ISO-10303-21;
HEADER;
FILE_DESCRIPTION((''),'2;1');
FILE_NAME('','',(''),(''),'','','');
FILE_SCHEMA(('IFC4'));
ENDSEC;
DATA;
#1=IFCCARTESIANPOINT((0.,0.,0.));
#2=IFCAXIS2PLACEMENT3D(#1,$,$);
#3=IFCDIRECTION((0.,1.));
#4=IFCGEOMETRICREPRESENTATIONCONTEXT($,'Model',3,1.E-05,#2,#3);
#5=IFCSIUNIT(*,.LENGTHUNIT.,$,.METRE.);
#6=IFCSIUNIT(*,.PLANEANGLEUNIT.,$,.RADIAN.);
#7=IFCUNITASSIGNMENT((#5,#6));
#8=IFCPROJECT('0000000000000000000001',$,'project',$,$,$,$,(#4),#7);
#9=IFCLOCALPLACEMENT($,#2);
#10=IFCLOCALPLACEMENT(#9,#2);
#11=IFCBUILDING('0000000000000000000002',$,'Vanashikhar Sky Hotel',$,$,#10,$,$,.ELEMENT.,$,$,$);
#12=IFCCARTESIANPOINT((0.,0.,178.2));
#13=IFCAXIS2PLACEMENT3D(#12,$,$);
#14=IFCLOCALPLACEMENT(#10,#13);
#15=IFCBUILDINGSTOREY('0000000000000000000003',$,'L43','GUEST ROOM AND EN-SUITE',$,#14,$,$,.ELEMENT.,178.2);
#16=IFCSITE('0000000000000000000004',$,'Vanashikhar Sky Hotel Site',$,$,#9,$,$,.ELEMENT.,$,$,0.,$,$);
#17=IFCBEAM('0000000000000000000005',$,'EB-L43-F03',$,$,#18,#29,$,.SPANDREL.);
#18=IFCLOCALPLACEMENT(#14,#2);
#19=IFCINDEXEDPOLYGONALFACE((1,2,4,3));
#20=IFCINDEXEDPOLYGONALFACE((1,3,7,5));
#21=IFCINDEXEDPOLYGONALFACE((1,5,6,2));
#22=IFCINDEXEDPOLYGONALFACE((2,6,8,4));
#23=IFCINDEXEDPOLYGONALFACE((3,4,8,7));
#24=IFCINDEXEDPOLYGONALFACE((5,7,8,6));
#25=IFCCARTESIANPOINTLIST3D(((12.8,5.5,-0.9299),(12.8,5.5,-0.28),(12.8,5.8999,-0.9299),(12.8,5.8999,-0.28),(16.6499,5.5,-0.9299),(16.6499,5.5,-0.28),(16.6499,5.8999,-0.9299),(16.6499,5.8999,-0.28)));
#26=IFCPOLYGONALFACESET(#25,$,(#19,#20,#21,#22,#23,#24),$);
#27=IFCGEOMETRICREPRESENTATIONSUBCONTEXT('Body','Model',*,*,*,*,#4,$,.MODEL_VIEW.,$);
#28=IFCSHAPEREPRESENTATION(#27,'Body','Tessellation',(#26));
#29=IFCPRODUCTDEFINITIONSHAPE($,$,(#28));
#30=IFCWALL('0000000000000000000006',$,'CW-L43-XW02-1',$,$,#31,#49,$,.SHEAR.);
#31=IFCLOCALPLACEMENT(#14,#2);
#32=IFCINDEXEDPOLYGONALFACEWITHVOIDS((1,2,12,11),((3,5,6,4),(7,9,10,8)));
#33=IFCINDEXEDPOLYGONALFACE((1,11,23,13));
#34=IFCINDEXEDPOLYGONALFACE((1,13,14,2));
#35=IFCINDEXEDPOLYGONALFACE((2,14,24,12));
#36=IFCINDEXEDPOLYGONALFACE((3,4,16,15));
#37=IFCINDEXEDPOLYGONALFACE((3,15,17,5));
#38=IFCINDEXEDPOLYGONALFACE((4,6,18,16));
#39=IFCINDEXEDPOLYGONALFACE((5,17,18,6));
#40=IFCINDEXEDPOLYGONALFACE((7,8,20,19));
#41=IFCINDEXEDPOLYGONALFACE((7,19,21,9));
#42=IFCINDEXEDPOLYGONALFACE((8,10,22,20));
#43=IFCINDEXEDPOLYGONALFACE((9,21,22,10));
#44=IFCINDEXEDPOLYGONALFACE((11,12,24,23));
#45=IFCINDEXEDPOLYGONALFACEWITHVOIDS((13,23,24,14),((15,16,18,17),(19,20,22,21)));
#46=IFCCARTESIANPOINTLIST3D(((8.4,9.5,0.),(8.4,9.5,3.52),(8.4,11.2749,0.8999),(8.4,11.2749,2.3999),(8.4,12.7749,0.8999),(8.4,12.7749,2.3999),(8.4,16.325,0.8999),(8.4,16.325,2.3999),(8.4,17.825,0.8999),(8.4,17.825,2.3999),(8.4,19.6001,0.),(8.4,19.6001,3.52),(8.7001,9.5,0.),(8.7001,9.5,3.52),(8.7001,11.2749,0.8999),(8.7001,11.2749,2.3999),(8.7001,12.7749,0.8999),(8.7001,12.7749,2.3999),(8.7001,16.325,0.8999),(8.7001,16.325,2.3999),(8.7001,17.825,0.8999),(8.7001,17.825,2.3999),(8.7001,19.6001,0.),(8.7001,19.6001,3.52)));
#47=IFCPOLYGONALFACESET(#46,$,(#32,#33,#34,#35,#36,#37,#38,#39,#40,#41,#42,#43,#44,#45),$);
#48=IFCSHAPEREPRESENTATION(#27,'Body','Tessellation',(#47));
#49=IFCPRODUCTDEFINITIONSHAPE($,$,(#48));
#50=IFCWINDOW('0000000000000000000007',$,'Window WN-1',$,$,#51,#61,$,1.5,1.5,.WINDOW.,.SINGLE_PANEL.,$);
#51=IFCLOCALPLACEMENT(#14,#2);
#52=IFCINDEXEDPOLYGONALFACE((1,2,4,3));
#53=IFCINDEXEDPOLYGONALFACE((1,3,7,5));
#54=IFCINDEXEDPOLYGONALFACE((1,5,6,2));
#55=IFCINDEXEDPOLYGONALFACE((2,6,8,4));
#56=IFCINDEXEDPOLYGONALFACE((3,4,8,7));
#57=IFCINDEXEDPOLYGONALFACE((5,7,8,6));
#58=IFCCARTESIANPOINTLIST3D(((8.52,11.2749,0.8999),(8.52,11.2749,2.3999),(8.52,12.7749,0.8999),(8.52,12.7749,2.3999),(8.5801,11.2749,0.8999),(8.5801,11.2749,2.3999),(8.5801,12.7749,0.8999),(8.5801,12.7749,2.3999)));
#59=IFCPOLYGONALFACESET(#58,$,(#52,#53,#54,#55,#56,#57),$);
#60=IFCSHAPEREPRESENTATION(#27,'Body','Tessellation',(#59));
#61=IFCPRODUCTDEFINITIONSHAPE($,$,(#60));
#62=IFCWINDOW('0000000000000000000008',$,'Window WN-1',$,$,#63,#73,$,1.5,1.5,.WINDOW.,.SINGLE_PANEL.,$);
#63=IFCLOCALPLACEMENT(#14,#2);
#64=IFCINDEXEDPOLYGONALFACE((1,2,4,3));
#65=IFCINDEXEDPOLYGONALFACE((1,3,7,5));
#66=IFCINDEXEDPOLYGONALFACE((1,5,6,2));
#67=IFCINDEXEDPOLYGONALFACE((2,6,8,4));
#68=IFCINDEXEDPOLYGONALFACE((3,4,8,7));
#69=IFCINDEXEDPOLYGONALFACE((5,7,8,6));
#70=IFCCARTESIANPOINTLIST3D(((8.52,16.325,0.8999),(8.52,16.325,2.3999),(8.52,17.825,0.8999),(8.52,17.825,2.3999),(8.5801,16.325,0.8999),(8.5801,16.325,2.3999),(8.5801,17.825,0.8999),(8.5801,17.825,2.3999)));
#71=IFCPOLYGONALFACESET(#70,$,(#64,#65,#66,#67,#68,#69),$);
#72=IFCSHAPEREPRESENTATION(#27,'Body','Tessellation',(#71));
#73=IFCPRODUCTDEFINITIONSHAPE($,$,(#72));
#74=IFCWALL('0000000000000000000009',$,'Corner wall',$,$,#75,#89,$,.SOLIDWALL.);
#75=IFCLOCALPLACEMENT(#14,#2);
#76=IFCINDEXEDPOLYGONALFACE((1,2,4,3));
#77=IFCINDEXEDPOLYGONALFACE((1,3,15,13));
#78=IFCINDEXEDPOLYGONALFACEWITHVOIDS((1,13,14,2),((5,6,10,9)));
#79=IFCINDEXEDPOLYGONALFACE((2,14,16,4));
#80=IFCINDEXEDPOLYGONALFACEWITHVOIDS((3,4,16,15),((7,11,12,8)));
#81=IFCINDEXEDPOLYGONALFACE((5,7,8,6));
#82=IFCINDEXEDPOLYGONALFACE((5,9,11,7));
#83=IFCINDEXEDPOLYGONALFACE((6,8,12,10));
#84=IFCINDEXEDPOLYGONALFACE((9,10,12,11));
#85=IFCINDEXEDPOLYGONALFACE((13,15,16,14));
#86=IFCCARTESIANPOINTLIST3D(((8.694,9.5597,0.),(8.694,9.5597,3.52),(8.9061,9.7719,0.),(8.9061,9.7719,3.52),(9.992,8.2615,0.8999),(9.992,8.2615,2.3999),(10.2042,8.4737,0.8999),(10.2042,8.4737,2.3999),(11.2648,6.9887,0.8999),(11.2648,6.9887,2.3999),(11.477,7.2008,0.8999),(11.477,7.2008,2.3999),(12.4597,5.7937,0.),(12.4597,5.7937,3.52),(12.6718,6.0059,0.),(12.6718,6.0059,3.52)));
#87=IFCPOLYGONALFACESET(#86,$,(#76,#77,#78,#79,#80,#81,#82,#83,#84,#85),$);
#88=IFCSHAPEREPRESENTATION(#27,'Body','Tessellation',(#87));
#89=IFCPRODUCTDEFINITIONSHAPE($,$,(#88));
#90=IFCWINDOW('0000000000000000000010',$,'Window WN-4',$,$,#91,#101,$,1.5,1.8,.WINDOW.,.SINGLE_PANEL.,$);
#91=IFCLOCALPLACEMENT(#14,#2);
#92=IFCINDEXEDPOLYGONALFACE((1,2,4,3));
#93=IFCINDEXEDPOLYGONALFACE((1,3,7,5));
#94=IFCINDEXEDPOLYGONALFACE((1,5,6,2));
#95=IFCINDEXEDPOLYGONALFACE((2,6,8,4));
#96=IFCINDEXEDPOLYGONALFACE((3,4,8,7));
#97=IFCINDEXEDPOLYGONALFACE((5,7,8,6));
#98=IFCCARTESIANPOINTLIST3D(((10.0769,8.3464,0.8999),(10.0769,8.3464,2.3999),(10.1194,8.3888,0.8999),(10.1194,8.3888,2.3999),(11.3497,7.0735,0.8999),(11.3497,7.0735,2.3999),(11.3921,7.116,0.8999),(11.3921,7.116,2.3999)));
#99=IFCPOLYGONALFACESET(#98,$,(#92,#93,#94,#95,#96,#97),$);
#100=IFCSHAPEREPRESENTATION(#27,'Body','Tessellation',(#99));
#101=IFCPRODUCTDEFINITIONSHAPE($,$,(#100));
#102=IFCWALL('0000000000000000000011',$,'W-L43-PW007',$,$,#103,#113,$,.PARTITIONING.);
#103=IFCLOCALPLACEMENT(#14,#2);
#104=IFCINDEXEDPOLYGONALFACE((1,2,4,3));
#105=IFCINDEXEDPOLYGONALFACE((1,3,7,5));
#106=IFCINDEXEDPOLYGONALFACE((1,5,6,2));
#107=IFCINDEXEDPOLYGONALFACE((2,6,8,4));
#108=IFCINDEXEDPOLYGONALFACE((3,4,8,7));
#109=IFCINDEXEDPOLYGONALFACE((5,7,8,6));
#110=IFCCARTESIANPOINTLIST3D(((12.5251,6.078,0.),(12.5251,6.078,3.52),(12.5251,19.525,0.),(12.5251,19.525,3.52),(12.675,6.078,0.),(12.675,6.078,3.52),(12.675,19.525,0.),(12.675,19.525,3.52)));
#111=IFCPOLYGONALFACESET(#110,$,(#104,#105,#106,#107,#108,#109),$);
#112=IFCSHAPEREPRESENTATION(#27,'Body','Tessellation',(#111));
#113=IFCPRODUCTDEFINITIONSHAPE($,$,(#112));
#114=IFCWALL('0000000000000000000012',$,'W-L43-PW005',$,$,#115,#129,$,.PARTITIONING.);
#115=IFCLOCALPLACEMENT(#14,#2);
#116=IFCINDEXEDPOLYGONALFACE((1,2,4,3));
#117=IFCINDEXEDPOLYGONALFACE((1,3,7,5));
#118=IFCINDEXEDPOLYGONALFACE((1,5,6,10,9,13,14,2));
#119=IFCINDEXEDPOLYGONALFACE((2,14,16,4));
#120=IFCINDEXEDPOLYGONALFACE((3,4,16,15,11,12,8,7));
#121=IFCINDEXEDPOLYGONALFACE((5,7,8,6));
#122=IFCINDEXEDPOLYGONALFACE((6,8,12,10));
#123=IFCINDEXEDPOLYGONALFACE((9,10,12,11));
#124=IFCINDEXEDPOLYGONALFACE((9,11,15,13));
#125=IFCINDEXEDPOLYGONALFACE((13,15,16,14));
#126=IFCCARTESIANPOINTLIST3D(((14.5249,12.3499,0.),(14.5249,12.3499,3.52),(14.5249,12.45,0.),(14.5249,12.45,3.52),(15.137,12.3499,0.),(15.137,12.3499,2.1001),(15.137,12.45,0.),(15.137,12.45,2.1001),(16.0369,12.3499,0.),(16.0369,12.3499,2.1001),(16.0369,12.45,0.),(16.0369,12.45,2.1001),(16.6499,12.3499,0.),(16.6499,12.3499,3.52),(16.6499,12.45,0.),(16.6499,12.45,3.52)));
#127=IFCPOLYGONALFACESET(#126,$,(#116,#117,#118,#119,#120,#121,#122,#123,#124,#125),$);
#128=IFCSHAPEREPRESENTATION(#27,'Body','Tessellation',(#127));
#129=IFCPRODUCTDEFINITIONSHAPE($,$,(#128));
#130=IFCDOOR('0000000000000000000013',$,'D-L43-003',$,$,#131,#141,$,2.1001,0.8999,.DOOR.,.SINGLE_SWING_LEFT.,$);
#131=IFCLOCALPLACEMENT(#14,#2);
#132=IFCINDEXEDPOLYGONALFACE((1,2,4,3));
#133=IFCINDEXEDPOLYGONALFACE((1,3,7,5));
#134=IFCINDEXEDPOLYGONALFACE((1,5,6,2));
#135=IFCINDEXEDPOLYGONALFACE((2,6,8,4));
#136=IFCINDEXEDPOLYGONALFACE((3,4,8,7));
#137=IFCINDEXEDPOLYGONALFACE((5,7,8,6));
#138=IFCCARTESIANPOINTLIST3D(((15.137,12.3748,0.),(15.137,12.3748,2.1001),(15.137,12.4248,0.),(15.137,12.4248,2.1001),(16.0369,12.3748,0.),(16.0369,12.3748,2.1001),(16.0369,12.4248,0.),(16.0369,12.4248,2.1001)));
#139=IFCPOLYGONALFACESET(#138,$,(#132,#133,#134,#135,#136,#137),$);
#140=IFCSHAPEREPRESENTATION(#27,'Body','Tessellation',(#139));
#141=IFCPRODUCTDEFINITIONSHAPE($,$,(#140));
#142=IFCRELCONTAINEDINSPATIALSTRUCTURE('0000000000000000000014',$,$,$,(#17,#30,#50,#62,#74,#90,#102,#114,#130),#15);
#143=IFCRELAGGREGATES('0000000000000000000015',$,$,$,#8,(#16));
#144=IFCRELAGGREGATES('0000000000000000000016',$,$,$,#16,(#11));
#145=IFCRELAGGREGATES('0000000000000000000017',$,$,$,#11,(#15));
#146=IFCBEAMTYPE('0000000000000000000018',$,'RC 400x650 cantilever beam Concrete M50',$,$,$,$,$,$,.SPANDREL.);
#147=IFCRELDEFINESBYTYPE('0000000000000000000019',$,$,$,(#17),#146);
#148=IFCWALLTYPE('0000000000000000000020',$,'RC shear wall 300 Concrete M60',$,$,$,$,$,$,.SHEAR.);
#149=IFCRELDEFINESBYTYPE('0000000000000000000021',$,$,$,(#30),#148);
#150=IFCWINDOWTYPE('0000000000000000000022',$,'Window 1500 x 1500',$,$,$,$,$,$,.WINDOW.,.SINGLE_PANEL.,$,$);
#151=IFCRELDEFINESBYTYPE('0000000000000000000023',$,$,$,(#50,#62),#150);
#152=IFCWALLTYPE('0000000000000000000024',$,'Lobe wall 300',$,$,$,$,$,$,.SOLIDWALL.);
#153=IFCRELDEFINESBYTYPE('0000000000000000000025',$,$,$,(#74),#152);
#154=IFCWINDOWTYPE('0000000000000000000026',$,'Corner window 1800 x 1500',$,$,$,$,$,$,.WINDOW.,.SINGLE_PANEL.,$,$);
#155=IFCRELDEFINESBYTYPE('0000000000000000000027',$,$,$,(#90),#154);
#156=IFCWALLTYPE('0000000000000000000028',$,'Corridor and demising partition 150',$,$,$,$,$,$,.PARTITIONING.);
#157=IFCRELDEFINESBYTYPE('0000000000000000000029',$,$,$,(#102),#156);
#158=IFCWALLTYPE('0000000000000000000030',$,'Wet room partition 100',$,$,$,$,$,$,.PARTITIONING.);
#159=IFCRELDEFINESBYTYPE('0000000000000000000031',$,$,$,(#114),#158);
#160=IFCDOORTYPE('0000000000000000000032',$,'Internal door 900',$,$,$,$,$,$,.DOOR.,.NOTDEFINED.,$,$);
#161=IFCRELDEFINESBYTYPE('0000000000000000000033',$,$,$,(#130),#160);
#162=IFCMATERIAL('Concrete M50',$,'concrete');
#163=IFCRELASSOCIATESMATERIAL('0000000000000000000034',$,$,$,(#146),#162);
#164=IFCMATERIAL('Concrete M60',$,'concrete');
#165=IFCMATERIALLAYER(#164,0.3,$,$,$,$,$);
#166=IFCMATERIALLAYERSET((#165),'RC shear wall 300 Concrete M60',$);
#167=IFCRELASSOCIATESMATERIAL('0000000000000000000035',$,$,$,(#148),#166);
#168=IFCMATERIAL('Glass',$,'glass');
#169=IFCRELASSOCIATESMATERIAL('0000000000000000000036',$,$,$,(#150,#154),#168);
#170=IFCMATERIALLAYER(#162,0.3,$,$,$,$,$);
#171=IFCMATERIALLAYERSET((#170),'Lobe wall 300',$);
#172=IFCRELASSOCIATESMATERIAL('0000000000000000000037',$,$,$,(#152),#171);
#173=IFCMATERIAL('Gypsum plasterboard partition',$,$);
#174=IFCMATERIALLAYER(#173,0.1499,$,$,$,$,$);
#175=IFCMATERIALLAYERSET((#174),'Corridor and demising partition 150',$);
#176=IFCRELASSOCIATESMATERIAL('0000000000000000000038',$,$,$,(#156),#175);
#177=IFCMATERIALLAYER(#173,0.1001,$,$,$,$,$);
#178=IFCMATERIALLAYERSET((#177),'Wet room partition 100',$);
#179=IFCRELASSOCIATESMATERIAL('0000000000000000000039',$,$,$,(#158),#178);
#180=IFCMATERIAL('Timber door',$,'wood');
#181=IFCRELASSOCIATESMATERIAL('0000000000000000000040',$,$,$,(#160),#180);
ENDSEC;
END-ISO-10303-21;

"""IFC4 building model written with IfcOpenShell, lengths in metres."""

from ifc_helpers import new_model, si_unit, direction, frame, frame_2d, origin, origin_2d, place, context, subcontext, project, spatial, rectangle, extrude, source, transform, mapped, material, layer, layer_set, material_profile, profile_set, type_object, element, fill, save


model = new_model("IFC4")

# Units and contexts
model_context = context("Model", 3, precision=1e-05, world=origin(), true_north=direction((0.0, 1.0)))
body_context = subcontext(model_context, "Body", "Model", "MODEL_VIEW")
ifc_project = project(units=[si_unit("LENGTHUNIT", "METRE"), si_unit("PLANEANGLEUNIT", "RADIAN")], contexts=[model_context])

# Site, building, storey
site_placement = place(None, origin())
site = spatial("IfcSite", under=ifc_project, at=site_placement, Name="Vanashikhar Sky Hotel Site", CompositionType="ELEMENT", RefElevation=0.0)
building_placement = place(site_placement, origin())
building = spatial("IfcBuilding", under=site, at=building_placement, Name="Vanashikhar Sky Hotel", CompositionType="ELEMENT")
storey_placement = place(building_placement, frame((0.0, 0.0, 178.2)))
storey = spatial("IfcBuildingStorey", under=building, at=storey_placement, Name="L43", Description="GUEST ROOM AND EN-SUITE", CompositionType="ELEMENT", Elevation=178.2)

# Beam
ifc_material_1 = material(Name="Concrete M50", Category="concrete")
ifc_material_profile = material_profile(ifc_material_1, rectangle(XDim=0.3999, YDim=0.6499, at=origin_2d()))
ifc_profile_set = profile_set([ifc_material_profile], Name="RC 400x650 cantilever beam Concrete M50")
beam_type = type_object("IfcBeamType", Name="RC 400x650 cantilever beam Concrete M50", PredefinedType="SPANDREL", material=ifc_profile_set)
shared_shape_1 = source(origin(), body_context, "Body", "SweptSolid", [
    extrude(rectangle(XDim=0.3999, YDim=0.6499, at=origin_2d()), origin(), (0.0, 0.0, 1.0), 3.8499),
])
beam_placement = place(storey_placement, frame((12.8, 5.7, -0.605), z_axis=(1.0, 0.0, 0.0), x_axis=(0.0, 1.0, 0.0)))
element("IfcBeam", 1, at=beam_placement, inside=storey, type_object=beam_type, Name="EB-L43-F03", PredefinedType="SPANDREL", context=body_context, shape_type="MappedRepresentation", body=[
    mapped(shared_shape_1, transform((0.0, 0.0, 0.0), scale=1.0)),
])

# Wall, openings, windows
ifc_material_2 = material(Name="Concrete M60", Category="concrete")
ifc_layer_1 = layer(ifc_material_2, 0.3)
ifc_layer_set_1 = layer_set([ifc_layer_1], Name="RC shear wall 300 Concrete M60")
wall_type_1 = type_object("IfcWallType", Name="RC shear wall 300 Concrete M60", PredefinedType="SHEAR", material=ifc_layer_set_1)
shared_shape_2 = source(origin(), body_context, "Body", "SweptSolid", [
    extrude(rectangle(XDim=10.1001, YDim=0.3, at=frame_2d((5.05, 0.0))), origin(), (0.0, 0.0, 1.0), 3.52),
])
wall_1_placement = place(storey_placement, frame((8.55, 9.5, 0.0), z_axis=(0.0, 0.0, 1.0), x_axis=(0.0, 1.0, 0.0)))
wall_1 = element("IfcWall", 2, at=wall_1_placement, inside=storey, type_object=wall_type_1, Name="CW-L43-XW02-1", PredefinedType="SHEAR", context=body_context, shape_type="MappedRepresentation", body=[
    mapped(shared_shape_2, transform((0.0, 0.0, 0.0), scale=1.0)),
])
shared_shape_3 = source(origin(), body_context, "Body", "SweptSolid", [
    extrude(rectangle(XDim=1.5, YDim=1.5, at=frame_2d((0.75, 0.75))), frame((0.0, 0.1602, 0.0), z_axis=(0.0, -1.0, 0.0), x_axis=(1.0, 0.0, 0.0)), (0.0, 0.0, 1.0), 0.3201),
])
opening_1_placement = place(wall_1_placement, frame((1.7749, 0.0, 0.8999)))
opening_1 = element("IfcOpeningElement", 3, at=opening_1_placement, cuts=wall_1, PredefinedType="OPENING", context=body_context, shape_type="MappedRepresentation", body=[
    mapped(shared_shape_3, transform((0.0, 0.0, 0.0), scale=1.0)),
])
opening_2_placement = place(wall_1_placement, frame((6.825, 0.0, 0.8999)))
opening_2 = element("IfcOpeningElement", 4, at=opening_2_placement, cuts=wall_1, PredefinedType="OPENING", context=body_context, shape_type="MappedRepresentation", body=[
    mapped(shared_shape_3, transform((0.0, 0.0, 0.0), scale=1.0)),
])
ifc_material_3 = material(Name="Glass", Category="glass")
window_type_1 = type_object("IfcWindowType", Name="Window 1500 x 1500", PartitioningType="SINGLE_PANEL", PredefinedType="WINDOW", material=ifc_material_3)
shared_shape_4 = source(origin(), body_context, "Body", "SweptSolid", [
    extrude(rectangle(XDim=1.5, YDim=1.5, at=frame_2d((0.75, 0.75))), frame((0.0, 0.03, 0.0), z_axis=(0.0, -1.0, 0.0), x_axis=(1.0, 0.0, 0.0)), (0.0, 0.0, 1.0), 0.0601),
])
window_1_placement = place(opening_1_placement, origin())
window_1 = element("IfcWindow", 5, at=window_1_placement, inside=storey, type_object=window_type_1, Name="Window WN-1", OverallHeight=1.5, OverallWidth=1.5, PartitioningType="SINGLE_PANEL", PredefinedType="WINDOW", context=body_context, shape_type="MappedRepresentation", body=[
    mapped(shared_shape_4, transform((0.0, 0.0, 0.0), scale=1.0)),
])
fill(opening_1, window_1)
window_2_placement = place(opening_2_placement, origin())
window_2 = element("IfcWindow", 6, at=window_2_placement, inside=storey, type_object=window_type_1, Name="Window WN-1", OverallHeight=1.5, OverallWidth=1.5, PartitioningType="SINGLE_PANEL", PredefinedType="WINDOW", context=body_context, shape_type="MappedRepresentation", body=[
    mapped(shared_shape_4, transform((0.0, 0.0, 0.0), scale=1.0)),
])
fill(opening_2, window_2)

# Wall, opening, window
ifc_layer_2 = layer(ifc_material_1, 0.3)
ifc_layer_set_2 = layer_set([ifc_layer_2], Name="Lobe wall 300")
wall_type_2 = type_object("IfcWallType", Name="Lobe wall 300", PredefinedType="SOLIDWALL", material=ifc_layer_set_2)
shared_shape_5 = source(origin(), body_context, "Body", "SweptSolid", [
    extrude(rectangle(XDim=5.3257, YDim=0.3, at=frame_2d((2.6628, 0.0))), origin(), (0.0, 0.0, 1.0), 3.52),
])
wall_2_placement = place(storey_placement, frame((8.8, 9.6658, 0.0), z_axis=(0.0, 0.0, 1.0), x_axis=(0.707084, -0.70713, 0.0)))
wall_2 = element("IfcWall", 7, at=wall_2_placement, inside=storey, type_object=wall_type_2, Name="Corner wall", PredefinedType="SOLIDWALL", context=body_context, shape_type="MappedRepresentation", body=[
    mapped(shared_shape_5, transform((0.0, 0.0, 0.0), scale=1.0)),
])
shared_shape_6 = source(origin(), body_context, "Body", "SweptSolid", [
    extrude(rectangle(XDim=1.8, YDim=1.5, at=frame_2d((0.8999, 0.75))), frame((0.0, 0.1602, 0.0), z_axis=(0.0, -1.0, 0.0), x_axis=(1.0, 0.0, 0.0)), (0.0, 0.0, 1.0), 0.3201),
])
opening_3_placement = place(wall_2_placement, frame((1.8359, 0.0, 0.8999)))
opening_3 = element("IfcOpeningElement", 8, at=opening_3_placement, cuts=wall_2, PredefinedType="OPENING", context=body_context, shape_type="MappedRepresentation", body=[
    mapped(shared_shape_6, transform((0.0, 0.0, 0.0), scale=1.0)),
])
window_type_2 = type_object("IfcWindowType", Name="Corner window 1800 x 1500", PartitioningType="SINGLE_PANEL", PredefinedType="WINDOW", material=ifc_material_3)
shared_shape_7 = source(origin(), body_context, "Body", "SweptSolid", [
    extrude(rectangle(XDim=1.8, YDim=1.5, at=frame_2d((0.8999, 0.75))), frame((0.0, 0.03, 0.0), z_axis=(0.0, -1.0, 0.0), x_axis=(1.0, 0.0, 0.0)), (0.0, 0.0, 1.0), 0.0601),
])
window_3_placement = place(opening_3_placement, origin())
window_3 = element("IfcWindow", 9, at=window_3_placement, inside=storey, type_object=window_type_2, Name="Window WN-4", OverallHeight=1.5, OverallWidth=1.8, PartitioningType="SINGLE_PANEL", PredefinedType="WINDOW", context=body_context, shape_type="MappedRepresentation", body=[
    mapped(shared_shape_7, transform((0.0, 0.0, 0.0), scale=1.0)),
])
fill(opening_3, window_3)

# Wall
ifc_material_4 = material(Name="Gypsum plasterboard partition")
ifc_layer_3 = layer(ifc_material_4, 0.1499)
ifc_layer_set_3 = layer_set([ifc_layer_3], Name="Corridor and demising partition 150")
wall_type_3 = type_object("IfcWallType", Name="Corridor and demising partition 150", PredefinedType="PARTITIONING", material=ifc_layer_set_3)
shared_shape_8 = source(origin(), body_context, "Body", "SweptSolid", [
    extrude(rectangle(XDim=13.447, YDim=0.1499, at=frame_2d((6.7236, 0.0))), origin(), (0.0, 0.0, 1.0), 3.52),
])
wall_3_placement = place(storey_placement, frame((12.6001, 6.0779, 0.0), z_axis=(0.0, 0.0, 1.0), x_axis=(0.0, 1.0, 0.0)))
element("IfcWall", 10, at=wall_3_placement, inside=storey, type_object=wall_type_3, Name="W-L43-PW007", PredefinedType="PARTITIONING", context=body_context, shape_type="MappedRepresentation", body=[
    mapped(shared_shape_8, transform((0.0, 0.0, 0.0), scale=1.0)),
])

# Wall, opening, door
ifc_layer_4 = layer(ifc_material_4, 0.1001)
ifc_layer_set_4 = layer_set([ifc_layer_4], Name="Wet room partition 100")
wall_type_4 = type_object("IfcWallType", Name="Wet room partition 100", PredefinedType="PARTITIONING", material=ifc_layer_set_4)
shared_shape_9 = source(origin(), body_context, "Body", "SweptSolid", [
    extrude(rectangle(XDim=2.125, YDim=0.1001, at=frame_2d((1.0625, 0.0))), origin(), (0.0, 0.0, 1.0), 3.52),
])
wall_4_placement = place(storey_placement, frame((14.5249, 12.3999, 0.0), z_axis=(0.0, 0.0, 1.0), x_axis=(1.0, 0.0, 0.0)))
wall_4 = element("IfcWall", 11, at=wall_4_placement, inside=storey, type_object=wall_type_4, Name="W-L43-PW005", PredefinedType="PARTITIONING", context=body_context, shape_type="MappedRepresentation", body=[
    mapped(shared_shape_9, transform((0.0, 0.0, 0.0), scale=1.0)),
])
shared_shape_10 = source(origin(), body_context, "Body", "SweptSolid", [
    extrude(rectangle(XDim=0.8999, YDim=2.1001, at=frame_2d((0.45, 1.05))), frame((0.0, 0.0601, 0.0), z_axis=(0.0, -1.0, 0.0), x_axis=(1.0, 0.0, 0.0)), (0.0, 0.0, 1.0), 0.1201),
])
opening_4_placement = place(wall_4_placement, frame((0.6121, 0.0, 0.0)))
opening_4 = element("IfcOpeningElement", 12, at=opening_4_placement, cuts=wall_4, PredefinedType="OPENING", context=body_context, shape_type="MappedRepresentation", body=[
    mapped(shared_shape_10, transform((0.0, 0.0, 0.0), scale=1.0)),
])
ifc_material_5 = material(Name="Timber door", Category="wood")
door_type_1 = type_object("IfcDoorType", Name="Internal door 900", OperationType="NOTDEFINED", PredefinedType="DOOR", material=ifc_material_5)
shared_shape_11 = source(origin(), body_context, "Body", "SweptSolid", [
    extrude(rectangle(XDim=0.8999, YDim=2.1001, at=frame_2d((0.45, 1.05))), frame((0.0, 0.0249, 0.0), z_axis=(0.0, -1.0, 0.0), x_axis=(1.0, 0.0, 0.0)), (0.0, 0.0, 1.0), 0.05),
])
door_1_placement = place(opening_4_placement, origin())
door_1 = element("IfcDoor", 13, at=door_1_placement, inside=storey, type_object=door_type_1, Name="D-L43-003", OperationType="SINGLE_SWING_LEFT", OverallHeight=2.1001, OverallWidth=0.8999, PredefinedType="DOOR", context=body_context, shape_type="MappedRepresentation", body=[
    mapped(shared_shape_11, transform((0.0, 0.0, 0.0), scale=1.0)),
])
fill(opening_4, door_1)

save(model, "model.ifc")
